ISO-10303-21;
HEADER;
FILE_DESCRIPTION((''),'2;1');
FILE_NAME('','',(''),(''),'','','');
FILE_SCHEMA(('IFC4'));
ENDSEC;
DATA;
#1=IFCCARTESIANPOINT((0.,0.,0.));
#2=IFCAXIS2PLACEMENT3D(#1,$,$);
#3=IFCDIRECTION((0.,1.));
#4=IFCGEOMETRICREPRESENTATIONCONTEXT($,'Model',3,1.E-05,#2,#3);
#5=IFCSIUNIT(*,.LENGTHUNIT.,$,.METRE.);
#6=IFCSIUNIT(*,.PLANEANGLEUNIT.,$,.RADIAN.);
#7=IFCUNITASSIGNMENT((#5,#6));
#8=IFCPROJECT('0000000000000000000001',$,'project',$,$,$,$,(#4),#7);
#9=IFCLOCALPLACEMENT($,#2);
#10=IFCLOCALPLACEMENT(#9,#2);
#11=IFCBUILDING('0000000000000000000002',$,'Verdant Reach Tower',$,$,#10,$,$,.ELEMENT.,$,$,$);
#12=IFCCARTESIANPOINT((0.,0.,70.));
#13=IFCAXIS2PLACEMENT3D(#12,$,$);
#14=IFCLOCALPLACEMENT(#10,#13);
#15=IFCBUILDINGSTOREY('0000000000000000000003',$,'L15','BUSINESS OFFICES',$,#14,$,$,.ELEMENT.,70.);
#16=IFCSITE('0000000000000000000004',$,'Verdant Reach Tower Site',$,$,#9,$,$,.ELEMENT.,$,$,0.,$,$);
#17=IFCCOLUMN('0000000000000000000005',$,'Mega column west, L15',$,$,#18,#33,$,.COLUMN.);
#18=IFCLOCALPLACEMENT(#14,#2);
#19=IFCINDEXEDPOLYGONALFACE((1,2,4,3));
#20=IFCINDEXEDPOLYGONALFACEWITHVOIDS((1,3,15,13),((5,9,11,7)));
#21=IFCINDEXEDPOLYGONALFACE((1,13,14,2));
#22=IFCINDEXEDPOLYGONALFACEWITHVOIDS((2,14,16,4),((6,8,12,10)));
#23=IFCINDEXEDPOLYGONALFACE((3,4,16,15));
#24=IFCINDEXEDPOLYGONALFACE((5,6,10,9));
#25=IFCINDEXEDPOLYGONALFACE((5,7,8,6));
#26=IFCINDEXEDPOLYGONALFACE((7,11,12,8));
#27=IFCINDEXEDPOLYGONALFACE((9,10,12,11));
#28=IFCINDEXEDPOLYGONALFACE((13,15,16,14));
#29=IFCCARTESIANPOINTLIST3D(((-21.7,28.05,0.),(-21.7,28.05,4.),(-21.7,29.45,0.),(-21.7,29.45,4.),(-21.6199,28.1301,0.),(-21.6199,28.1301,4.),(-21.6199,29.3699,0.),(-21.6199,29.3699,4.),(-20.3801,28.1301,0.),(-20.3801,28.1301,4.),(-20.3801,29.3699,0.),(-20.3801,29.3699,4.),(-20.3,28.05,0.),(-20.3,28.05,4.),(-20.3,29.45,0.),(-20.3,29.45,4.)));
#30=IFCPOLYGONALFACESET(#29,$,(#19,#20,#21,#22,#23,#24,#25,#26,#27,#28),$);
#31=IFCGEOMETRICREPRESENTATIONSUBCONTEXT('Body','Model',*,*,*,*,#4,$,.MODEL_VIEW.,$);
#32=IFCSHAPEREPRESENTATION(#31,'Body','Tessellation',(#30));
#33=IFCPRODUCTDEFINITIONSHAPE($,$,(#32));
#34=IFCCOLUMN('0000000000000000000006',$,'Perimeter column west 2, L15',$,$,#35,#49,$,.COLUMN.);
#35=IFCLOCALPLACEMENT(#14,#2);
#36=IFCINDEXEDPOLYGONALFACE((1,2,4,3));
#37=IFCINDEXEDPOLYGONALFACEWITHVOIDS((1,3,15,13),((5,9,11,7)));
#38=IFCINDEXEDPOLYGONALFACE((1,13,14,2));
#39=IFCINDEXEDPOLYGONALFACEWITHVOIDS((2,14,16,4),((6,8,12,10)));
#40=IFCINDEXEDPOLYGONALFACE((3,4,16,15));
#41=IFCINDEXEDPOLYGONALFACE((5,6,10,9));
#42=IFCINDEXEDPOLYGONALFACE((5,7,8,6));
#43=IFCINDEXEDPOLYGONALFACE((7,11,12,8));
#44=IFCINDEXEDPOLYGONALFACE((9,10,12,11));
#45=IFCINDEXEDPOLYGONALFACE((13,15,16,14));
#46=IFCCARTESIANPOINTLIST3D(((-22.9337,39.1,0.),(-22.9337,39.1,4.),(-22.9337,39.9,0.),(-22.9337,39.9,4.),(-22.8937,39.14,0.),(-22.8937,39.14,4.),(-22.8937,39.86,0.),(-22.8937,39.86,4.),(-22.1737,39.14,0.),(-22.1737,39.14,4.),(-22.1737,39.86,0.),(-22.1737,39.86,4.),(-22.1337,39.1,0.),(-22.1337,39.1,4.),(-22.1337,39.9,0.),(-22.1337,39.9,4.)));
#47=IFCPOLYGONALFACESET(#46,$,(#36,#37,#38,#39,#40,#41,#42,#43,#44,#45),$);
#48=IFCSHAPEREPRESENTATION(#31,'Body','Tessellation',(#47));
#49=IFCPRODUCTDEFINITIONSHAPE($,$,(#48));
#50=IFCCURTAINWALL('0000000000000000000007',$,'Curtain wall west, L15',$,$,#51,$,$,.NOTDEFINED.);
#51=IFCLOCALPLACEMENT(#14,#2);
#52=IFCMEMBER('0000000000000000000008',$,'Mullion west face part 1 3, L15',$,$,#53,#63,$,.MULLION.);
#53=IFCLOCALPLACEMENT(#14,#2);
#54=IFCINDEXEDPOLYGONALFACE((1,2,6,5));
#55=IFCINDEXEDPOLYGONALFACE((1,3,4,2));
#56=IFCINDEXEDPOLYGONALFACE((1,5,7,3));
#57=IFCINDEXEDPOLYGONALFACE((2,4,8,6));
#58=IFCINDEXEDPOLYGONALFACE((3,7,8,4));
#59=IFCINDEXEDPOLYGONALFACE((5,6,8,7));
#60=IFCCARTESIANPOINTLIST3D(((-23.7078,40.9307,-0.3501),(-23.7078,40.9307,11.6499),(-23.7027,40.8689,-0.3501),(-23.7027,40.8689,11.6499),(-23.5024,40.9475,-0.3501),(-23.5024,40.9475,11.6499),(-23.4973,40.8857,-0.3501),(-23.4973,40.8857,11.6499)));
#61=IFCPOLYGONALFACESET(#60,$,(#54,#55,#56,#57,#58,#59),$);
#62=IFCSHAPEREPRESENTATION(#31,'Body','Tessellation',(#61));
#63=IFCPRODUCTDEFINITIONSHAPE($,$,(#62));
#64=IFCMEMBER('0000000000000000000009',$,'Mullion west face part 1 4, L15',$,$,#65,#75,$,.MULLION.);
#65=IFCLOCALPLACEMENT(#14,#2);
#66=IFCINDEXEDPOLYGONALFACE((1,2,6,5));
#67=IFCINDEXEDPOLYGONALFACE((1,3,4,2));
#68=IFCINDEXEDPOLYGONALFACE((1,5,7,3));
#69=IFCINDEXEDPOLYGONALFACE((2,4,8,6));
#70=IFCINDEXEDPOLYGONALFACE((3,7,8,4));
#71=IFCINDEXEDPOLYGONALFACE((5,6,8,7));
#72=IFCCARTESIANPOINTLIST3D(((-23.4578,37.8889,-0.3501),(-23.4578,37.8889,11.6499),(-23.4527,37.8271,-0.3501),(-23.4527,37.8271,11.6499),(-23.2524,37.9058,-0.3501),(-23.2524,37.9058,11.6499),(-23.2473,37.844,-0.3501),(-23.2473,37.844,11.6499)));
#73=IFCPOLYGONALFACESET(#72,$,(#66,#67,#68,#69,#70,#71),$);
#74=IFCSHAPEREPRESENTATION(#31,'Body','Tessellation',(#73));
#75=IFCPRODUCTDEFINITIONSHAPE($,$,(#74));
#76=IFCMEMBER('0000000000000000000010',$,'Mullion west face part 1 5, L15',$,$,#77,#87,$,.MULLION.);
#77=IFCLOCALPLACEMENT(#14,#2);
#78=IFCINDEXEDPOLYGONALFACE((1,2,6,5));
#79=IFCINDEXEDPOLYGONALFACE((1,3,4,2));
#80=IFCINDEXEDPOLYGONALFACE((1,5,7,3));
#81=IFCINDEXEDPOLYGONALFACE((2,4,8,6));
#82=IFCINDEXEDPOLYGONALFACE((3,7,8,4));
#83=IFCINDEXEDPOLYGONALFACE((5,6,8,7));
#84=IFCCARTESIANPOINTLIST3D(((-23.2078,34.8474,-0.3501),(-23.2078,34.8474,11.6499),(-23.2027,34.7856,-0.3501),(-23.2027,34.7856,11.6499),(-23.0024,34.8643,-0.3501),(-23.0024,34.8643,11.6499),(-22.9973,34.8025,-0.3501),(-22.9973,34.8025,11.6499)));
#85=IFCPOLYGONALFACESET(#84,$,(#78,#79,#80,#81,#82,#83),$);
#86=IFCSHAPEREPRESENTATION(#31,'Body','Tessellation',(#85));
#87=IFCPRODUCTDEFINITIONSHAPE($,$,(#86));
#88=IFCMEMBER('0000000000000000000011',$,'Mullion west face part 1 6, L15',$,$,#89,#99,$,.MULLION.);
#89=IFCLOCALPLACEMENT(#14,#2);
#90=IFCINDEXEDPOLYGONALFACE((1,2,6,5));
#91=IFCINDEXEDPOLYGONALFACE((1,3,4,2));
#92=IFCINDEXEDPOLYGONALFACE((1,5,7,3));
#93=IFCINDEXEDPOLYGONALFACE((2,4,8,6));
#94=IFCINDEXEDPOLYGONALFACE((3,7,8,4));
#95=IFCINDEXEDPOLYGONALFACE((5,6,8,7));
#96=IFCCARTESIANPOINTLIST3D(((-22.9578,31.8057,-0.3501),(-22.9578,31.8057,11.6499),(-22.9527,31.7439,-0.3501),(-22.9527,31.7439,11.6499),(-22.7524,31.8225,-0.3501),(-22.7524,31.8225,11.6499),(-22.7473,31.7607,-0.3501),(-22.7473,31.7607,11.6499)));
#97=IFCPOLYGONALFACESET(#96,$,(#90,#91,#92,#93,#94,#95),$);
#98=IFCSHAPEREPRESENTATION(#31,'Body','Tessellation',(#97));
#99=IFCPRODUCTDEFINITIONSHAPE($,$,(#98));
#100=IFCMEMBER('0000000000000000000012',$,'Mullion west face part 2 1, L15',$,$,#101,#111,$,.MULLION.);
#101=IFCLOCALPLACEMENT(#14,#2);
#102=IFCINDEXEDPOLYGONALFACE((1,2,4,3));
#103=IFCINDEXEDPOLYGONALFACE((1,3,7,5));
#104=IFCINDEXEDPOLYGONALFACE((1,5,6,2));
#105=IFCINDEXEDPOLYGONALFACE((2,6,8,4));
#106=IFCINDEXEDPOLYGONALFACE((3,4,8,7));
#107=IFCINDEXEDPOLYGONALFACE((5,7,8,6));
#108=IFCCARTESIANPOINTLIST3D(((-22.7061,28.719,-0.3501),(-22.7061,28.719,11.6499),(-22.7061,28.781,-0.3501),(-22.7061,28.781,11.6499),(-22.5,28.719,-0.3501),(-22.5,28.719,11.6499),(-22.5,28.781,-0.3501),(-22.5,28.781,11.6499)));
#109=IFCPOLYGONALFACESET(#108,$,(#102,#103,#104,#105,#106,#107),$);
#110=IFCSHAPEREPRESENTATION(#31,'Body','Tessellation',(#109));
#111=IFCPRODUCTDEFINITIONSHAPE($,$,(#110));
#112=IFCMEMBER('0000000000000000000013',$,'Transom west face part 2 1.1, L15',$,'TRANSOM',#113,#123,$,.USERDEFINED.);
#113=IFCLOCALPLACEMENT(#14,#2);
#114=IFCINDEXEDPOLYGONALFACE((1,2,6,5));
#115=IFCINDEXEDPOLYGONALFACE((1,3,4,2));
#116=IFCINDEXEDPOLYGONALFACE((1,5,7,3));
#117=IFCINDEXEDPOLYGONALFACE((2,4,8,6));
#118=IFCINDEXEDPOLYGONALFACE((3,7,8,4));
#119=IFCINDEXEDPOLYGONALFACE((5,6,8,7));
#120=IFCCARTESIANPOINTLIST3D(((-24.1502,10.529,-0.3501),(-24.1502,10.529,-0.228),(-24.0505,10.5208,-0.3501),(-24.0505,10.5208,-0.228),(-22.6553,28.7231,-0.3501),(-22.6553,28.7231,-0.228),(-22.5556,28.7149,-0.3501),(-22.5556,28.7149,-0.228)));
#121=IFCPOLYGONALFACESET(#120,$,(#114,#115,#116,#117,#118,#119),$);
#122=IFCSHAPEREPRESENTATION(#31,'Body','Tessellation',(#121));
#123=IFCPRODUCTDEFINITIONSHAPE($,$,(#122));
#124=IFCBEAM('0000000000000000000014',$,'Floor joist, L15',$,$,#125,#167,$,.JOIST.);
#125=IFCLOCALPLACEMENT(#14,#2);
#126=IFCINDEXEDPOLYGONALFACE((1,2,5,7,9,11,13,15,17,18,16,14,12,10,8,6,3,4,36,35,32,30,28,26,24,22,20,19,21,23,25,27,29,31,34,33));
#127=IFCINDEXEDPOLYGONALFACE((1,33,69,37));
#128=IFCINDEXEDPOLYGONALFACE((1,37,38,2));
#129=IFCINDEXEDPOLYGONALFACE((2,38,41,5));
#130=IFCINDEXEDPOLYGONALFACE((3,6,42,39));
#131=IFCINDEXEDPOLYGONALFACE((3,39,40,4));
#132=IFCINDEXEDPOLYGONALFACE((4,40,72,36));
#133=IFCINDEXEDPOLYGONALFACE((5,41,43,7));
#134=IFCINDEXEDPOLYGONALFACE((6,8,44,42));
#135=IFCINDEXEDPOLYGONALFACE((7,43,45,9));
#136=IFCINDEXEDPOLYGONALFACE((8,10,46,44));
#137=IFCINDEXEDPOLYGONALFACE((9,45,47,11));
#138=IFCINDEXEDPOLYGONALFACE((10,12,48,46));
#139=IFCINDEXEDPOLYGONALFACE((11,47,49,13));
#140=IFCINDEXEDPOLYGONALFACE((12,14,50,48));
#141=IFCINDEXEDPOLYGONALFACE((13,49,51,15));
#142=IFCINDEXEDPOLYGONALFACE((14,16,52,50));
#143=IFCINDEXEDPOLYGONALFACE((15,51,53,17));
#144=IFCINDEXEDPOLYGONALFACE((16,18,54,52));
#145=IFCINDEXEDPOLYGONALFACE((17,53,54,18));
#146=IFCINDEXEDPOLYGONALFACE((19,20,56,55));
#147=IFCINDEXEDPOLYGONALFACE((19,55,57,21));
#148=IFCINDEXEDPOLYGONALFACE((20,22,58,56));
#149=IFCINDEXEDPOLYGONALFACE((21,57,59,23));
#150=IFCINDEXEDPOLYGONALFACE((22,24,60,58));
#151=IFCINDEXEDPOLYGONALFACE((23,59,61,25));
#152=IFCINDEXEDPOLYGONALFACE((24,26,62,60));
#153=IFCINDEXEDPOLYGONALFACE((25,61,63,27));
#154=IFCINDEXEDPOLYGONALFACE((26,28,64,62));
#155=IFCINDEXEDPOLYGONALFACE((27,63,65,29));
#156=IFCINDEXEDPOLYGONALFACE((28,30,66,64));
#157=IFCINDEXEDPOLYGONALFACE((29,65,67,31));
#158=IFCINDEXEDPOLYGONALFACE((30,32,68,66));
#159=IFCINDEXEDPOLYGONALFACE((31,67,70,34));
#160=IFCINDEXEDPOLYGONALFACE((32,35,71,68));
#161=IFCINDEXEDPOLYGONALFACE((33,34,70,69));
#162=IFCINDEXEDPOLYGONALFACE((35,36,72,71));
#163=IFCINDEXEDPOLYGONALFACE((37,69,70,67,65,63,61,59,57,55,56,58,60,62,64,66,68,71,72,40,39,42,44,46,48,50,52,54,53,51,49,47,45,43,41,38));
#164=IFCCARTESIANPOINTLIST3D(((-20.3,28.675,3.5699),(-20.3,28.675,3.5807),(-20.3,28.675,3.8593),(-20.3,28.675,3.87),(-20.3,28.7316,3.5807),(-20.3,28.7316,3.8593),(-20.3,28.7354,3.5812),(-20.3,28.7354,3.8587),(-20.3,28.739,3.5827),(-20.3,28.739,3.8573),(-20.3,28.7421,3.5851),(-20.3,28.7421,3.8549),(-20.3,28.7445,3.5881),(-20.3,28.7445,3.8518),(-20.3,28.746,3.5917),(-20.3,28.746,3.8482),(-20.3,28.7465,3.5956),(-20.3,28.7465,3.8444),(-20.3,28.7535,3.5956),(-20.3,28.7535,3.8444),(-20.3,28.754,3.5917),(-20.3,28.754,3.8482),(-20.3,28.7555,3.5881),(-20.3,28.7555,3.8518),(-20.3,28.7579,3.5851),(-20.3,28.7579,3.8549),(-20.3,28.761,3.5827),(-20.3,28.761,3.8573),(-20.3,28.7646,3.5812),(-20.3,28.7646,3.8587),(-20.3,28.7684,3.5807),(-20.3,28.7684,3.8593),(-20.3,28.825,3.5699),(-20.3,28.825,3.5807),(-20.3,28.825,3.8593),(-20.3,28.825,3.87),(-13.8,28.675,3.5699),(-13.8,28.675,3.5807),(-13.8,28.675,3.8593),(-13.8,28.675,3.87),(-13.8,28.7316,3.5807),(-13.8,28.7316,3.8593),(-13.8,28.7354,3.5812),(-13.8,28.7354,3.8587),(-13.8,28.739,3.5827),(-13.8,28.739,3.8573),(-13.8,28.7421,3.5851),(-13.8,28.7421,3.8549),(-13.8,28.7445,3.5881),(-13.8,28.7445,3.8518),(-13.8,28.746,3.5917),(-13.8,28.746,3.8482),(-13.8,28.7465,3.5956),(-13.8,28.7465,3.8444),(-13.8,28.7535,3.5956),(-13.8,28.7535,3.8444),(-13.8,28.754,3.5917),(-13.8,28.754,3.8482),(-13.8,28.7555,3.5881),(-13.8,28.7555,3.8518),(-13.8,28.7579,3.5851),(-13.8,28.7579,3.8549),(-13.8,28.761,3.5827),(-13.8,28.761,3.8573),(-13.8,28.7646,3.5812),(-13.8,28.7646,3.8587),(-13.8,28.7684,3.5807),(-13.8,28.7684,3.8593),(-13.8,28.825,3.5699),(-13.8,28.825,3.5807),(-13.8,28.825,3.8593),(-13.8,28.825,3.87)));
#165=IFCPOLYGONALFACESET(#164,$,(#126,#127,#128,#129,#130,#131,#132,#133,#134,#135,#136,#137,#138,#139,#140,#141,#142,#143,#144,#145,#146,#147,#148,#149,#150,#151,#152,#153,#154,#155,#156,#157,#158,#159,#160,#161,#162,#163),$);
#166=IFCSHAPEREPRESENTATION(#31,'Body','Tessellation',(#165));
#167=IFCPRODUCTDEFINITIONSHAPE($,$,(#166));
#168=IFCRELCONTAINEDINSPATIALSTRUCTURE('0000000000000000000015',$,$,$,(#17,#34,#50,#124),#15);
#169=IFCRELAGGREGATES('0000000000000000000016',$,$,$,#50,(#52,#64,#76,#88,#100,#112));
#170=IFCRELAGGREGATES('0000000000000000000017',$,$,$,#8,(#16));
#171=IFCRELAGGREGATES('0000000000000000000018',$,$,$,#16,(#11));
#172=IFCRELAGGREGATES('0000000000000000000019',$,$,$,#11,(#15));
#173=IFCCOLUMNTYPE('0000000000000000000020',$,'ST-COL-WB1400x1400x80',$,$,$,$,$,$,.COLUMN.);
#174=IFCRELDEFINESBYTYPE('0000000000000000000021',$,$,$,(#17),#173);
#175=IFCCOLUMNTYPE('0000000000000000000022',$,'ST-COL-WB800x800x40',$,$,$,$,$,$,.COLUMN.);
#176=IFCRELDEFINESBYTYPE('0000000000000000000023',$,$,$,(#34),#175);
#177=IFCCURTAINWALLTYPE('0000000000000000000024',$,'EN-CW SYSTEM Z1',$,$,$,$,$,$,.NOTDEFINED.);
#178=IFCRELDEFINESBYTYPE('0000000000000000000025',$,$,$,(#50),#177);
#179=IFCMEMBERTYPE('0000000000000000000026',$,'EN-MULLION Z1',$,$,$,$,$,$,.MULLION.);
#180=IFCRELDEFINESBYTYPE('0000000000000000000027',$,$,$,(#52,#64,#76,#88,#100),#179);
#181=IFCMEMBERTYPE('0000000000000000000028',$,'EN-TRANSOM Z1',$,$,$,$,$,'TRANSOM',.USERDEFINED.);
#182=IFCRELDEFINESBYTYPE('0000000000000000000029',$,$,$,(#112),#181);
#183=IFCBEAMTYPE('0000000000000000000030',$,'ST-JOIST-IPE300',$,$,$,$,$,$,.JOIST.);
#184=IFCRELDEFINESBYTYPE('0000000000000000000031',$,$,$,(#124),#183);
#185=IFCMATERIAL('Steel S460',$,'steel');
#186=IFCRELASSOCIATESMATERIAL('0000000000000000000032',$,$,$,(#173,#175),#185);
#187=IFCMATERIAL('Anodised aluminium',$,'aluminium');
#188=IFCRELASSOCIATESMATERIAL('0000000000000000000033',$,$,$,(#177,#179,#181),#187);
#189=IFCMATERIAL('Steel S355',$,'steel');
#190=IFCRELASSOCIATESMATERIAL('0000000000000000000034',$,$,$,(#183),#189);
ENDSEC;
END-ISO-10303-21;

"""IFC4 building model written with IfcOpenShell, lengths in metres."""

from ifc_helpers import new_model, si_unit, direction, frame, origin, origin_2d, place, context, subcontext, project, spatial, rectangle, hollow_rectangle, i_section, extrude, material, material_profile, profile_set, type_object, element, aggregate, save


model = new_model("IFC4")

# Units and contexts
model_context = context("Model", 3, precision=1e-05, world=origin(), true_north=direction((0.0, 1.0)))
body_context = subcontext(model_context, "Body", "Model", "MODEL_VIEW")
ifc_project = project(units=[si_unit("LENGTHUNIT", "METRE"), si_unit("PLANEANGLEUNIT", "RADIAN")], contexts=[model_context])

# Site, building, storey
site_placement = place(None, origin())
site = spatial("IfcSite", under=ifc_project, at=site_placement, Name="Verdant Reach Tower Site", CompositionType="ELEMENT", RefElevation=0.0)
building_placement = place(site_placement, origin())
building = spatial("IfcBuilding", under=site, at=building_placement, Name="Verdant Reach Tower", CompositionType="ELEMENT")
storey_placement = place(building_placement, frame((0.0, 0.0, 70.0)))
storey = spatial("IfcBuildingStorey", under=building, at=storey_placement, Name="L15", Description="BUSINESS OFFICES", CompositionType="ELEMENT", Elevation=70.0)

# Columns
ifc_material_1 = material(Name="Steel S460", Category="steel")
ifc_material_profile_1 = material_profile(ifc_material_1, hollow_rectangle(XDim=1.3999, YDim=1.3999, WallThickness=0.0801, at=origin_2d()), Name="WB 1400x1400x80")
ifc_profile_set_1 = profile_set([ifc_material_profile_1], Name="Steel S460")
column_type_1 = type_object("IfcColumnType", Name="ST-COL-WB1400x1400x80", PredefinedType="COLUMN", material=ifc_profile_set_1)
column_1_placement = place(storey_placement, frame((-21.0, 28.75, 0.0), z_axis=(0.0, 0.0, 1.0), x_axis=(1.0, 0.0, 0.0)))
element("IfcColumn", 1, at=column_1_placement, inside=storey, type_object=column_type_1, Name="Mega column west, L15", PredefinedType="COLUMN", context=body_context, shape_type="SweptSolid", body=[
    extrude(hollow_rectangle(XDim=1.3999, YDim=1.3999, WallThickness=0.0801, at=origin_2d()), origin(), (0.0, 0.0, 1.0), 4.0),
])
ifc_material_profile_2 = material_profile(ifc_material_1, hollow_rectangle(XDim=0.8, YDim=0.8, WallThickness=0.04, at=origin_2d()), Name="WB 800x800x40")
ifc_profile_set_2 = profile_set([ifc_material_profile_2], Name="Steel S460")
column_type_2 = type_object("IfcColumnType", Name="ST-COL-WB800x800x40", PredefinedType="COLUMN", material=ifc_profile_set_2)
column_2_placement = place(storey_placement, frame((-22.5337, 39.5, 0.0), z_axis=(0.0, 0.0, 1.0), x_axis=(1.0, 0.0, 0.0)))
element("IfcColumn", 2, at=column_2_placement, inside=storey, type_object=column_type_2, Name="Perimeter column west 2, L15", PredefinedType="COLUMN", context=body_context, shape_type="SweptSolid", body=[
    extrude(hollow_rectangle(XDim=0.8, YDim=0.8, WallThickness=0.04, at=origin_2d()), origin(), (0.0, 0.0, 1.0), 4.0),
])

# Curtain wall, members
ifc_material_2 = material(Name="Anodised aluminium", Category="aluminium")
curtain_wall_type = type_object("IfcCurtainWallType", Name="EN-CW SYSTEM Z1", PredefinedType="NOTDEFINED", material=ifc_material_2)
curtain_wall_placement = place(storey_placement, origin())
curtain_wall = element("IfcCurtainWall", 3, at=curtain_wall_placement, inside=storey, type_object=curtain_wall_type, Name="Curtain wall west, L15", PredefinedType="NOTDEFINED")
ifc_material_profile_3 = material_profile(ifc_material_2, rectangle(XDim=0.2061, YDim=0.062, at=origin_2d()), Name="Mullion 62x206")
ifc_profile_set_3 = profile_set([ifc_material_profile_3], Name="Anodised aluminium")
member_type_1 = type_object("IfcMemberType", Name="EN-MULLION Z1", PredefinedType="MULLION", material=ifc_profile_set_3)
member_1_placement = place(storey_placement, frame((-23.6025, 40.9082, -0.3501), z_axis=(0.0, 0.0, 1.0), x_axis=(-0.996639, -0.081916, 0.0)))
member_1 = element("IfcMember", 4, at=member_1_placement, type_object=member_type_1, Name="Mullion west face part 1 3, L15", PredefinedType="MULLION", context=body_context, shape_type="SweptSolid", body=[
    extrude(rectangle(XDim=0.2061, YDim=0.062, at=origin_2d()), origin(), (0.0, 0.0, 1.0), 12.0),
])
member_2_placement = place(storey_placement, frame((-23.3525, 37.8665, -0.3501), z_axis=(0.0, 0.0, 1.0), x_axis=(-0.996639, -0.081916, 0.0)))
member_2 = element("IfcMember", 5, at=member_2_placement, type_object=member_type_1, Name="Mullion west face part 1 4, L15", PredefinedType="MULLION", context=body_context, shape_type="SweptSolid", body=[
    extrude(rectangle(XDim=0.2061, YDim=0.062, at=origin_2d()), origin(), (0.0, 0.0, 1.0), 12.0),
])
member_3_placement = place(storey_placement, frame((-23.1025, 34.825, -0.3501), z_axis=(0.0, 0.0, 1.0), x_axis=(-0.996639, -0.081916, 0.0)))
member_3 = element("IfcMember", 6, at=member_3_placement, type_object=member_type_1, Name="Mullion west face part 1 5, L15", PredefinedType="MULLION", context=body_context, shape_type="SweptSolid", body=[
    extrude(rectangle(XDim=0.2061, YDim=0.062, at=origin_2d()), origin(), (0.0, 0.0, 1.0), 12.0),
])
member_4_placement = place(storey_placement, frame((-22.8525, 31.7832, -0.3501), z_axis=(0.0, 0.0, 1.0), x_axis=(-0.996639, -0.081916, 0.0)))
member_4 = element("IfcMember", 7, at=member_4_placement, type_object=member_type_1, Name="Mullion west face part 1 6, L15", PredefinedType="MULLION", context=body_context, shape_type="SweptSolid", body=[
    extrude(rectangle(XDim=0.2061, YDim=0.062, at=origin_2d()), origin(), (0.0, 0.0, 1.0), 12.0),
])
member_5_placement = place(storey_placement, frame((-22.603, 28.75, -0.3501), z_axis=(0.0, 0.0, 1.0), x_axis=(-1.0, 0.0, 0.0)))
member_5 = element("IfcMember", 8, at=member_5_placement, type_object=member_type_1, Name="Mullion west face part 2 1, L15", PredefinedType="MULLION", context=body_context, shape_type="SweptSolid", body=[
    extrude(rectangle(XDim=0.2061, YDim=0.062, at=origin_2d()), origin(), (0.0, 0.0, 1.0), 12.0),
])
ifc_material_profile_4 = material_profile(ifc_material_2, rectangle(XDim=0.1001, YDim=0.1221, at=origin_2d()), Name="Transom 122x100")
ifc_profile_set_4 = profile_set([ifc_material_profile_4], Name="Anodised aluminium")
member_type_2 = type_object("IfcMemberType", Name="EN-TRANSOM Z1", ElementType="TRANSOM", PredefinedType="USERDEFINED", material=ifc_profile_set_4)
member_6_placement = place(storey_placement, frame((-22.6055, 28.719, -0.2891), z_axis=(-0.081887, -0.996642, 0.0), x_axis=(0.996642, -0.081887, 0.0)))
member_6 = element("IfcMember", 9, at=member_6_placement, type_object=member_type_2, Name="Transom west face part 2 1.1, L15", ObjectType="TRANSOM", PredefinedType="USERDEFINED", context=body_context, shape_type="SweptSolid", body=[
    extrude(rectangle(XDim=0.1001, YDim=0.1221, at=origin_2d()), origin(), (0.0, 0.0, 1.0), 18.2554),
])

# Beam
ifc_material_3 = material(Name="Steel S355", Category="steel")
ifc_material_profile_5 = material_profile(ifc_material_3, i_section(OverallWidth=0.1499, OverallDepth=0.3, WebThickness=0.0071, FlangeThickness=0.0107, FilletRadius=0.0149, at=origin_2d()), Name="IPE 300")
ifc_profile_set_5 = profile_set([ifc_material_profile_5], Name="Steel S355")
beam_type_1 = type_object("IfcBeamType", Name="ST-JOIST-IPE300", PredefinedType="JOIST", material=ifc_profile_set_5)
beam_1_placement = place(storey_placement, frame((-13.8, 28.75, 3.72), z_axis=(-1.0, 0.0, 0.0), x_axis=(0.0, -1.0, 0.0)))
element("IfcBeam", 10, at=beam_1_placement, inside=storey, type_object=beam_type_1, Name="Floor joist, L15", PredefinedType="JOIST", context=body_context, shape_type="SweptSolid", body=[
    extrude(i_section(OverallWidth=0.1499, OverallDepth=0.3, WebThickness=0.0071, FlangeThickness=0.0107, FilletRadius=0.0149, at=origin_2d()), origin(), (0.0, 0.0, 1.0), 6.5),
])

aggregate(curtain_wall, [member_1, member_2, member_3, member_4, member_5, member_6])

save(model, "model.ifc")
